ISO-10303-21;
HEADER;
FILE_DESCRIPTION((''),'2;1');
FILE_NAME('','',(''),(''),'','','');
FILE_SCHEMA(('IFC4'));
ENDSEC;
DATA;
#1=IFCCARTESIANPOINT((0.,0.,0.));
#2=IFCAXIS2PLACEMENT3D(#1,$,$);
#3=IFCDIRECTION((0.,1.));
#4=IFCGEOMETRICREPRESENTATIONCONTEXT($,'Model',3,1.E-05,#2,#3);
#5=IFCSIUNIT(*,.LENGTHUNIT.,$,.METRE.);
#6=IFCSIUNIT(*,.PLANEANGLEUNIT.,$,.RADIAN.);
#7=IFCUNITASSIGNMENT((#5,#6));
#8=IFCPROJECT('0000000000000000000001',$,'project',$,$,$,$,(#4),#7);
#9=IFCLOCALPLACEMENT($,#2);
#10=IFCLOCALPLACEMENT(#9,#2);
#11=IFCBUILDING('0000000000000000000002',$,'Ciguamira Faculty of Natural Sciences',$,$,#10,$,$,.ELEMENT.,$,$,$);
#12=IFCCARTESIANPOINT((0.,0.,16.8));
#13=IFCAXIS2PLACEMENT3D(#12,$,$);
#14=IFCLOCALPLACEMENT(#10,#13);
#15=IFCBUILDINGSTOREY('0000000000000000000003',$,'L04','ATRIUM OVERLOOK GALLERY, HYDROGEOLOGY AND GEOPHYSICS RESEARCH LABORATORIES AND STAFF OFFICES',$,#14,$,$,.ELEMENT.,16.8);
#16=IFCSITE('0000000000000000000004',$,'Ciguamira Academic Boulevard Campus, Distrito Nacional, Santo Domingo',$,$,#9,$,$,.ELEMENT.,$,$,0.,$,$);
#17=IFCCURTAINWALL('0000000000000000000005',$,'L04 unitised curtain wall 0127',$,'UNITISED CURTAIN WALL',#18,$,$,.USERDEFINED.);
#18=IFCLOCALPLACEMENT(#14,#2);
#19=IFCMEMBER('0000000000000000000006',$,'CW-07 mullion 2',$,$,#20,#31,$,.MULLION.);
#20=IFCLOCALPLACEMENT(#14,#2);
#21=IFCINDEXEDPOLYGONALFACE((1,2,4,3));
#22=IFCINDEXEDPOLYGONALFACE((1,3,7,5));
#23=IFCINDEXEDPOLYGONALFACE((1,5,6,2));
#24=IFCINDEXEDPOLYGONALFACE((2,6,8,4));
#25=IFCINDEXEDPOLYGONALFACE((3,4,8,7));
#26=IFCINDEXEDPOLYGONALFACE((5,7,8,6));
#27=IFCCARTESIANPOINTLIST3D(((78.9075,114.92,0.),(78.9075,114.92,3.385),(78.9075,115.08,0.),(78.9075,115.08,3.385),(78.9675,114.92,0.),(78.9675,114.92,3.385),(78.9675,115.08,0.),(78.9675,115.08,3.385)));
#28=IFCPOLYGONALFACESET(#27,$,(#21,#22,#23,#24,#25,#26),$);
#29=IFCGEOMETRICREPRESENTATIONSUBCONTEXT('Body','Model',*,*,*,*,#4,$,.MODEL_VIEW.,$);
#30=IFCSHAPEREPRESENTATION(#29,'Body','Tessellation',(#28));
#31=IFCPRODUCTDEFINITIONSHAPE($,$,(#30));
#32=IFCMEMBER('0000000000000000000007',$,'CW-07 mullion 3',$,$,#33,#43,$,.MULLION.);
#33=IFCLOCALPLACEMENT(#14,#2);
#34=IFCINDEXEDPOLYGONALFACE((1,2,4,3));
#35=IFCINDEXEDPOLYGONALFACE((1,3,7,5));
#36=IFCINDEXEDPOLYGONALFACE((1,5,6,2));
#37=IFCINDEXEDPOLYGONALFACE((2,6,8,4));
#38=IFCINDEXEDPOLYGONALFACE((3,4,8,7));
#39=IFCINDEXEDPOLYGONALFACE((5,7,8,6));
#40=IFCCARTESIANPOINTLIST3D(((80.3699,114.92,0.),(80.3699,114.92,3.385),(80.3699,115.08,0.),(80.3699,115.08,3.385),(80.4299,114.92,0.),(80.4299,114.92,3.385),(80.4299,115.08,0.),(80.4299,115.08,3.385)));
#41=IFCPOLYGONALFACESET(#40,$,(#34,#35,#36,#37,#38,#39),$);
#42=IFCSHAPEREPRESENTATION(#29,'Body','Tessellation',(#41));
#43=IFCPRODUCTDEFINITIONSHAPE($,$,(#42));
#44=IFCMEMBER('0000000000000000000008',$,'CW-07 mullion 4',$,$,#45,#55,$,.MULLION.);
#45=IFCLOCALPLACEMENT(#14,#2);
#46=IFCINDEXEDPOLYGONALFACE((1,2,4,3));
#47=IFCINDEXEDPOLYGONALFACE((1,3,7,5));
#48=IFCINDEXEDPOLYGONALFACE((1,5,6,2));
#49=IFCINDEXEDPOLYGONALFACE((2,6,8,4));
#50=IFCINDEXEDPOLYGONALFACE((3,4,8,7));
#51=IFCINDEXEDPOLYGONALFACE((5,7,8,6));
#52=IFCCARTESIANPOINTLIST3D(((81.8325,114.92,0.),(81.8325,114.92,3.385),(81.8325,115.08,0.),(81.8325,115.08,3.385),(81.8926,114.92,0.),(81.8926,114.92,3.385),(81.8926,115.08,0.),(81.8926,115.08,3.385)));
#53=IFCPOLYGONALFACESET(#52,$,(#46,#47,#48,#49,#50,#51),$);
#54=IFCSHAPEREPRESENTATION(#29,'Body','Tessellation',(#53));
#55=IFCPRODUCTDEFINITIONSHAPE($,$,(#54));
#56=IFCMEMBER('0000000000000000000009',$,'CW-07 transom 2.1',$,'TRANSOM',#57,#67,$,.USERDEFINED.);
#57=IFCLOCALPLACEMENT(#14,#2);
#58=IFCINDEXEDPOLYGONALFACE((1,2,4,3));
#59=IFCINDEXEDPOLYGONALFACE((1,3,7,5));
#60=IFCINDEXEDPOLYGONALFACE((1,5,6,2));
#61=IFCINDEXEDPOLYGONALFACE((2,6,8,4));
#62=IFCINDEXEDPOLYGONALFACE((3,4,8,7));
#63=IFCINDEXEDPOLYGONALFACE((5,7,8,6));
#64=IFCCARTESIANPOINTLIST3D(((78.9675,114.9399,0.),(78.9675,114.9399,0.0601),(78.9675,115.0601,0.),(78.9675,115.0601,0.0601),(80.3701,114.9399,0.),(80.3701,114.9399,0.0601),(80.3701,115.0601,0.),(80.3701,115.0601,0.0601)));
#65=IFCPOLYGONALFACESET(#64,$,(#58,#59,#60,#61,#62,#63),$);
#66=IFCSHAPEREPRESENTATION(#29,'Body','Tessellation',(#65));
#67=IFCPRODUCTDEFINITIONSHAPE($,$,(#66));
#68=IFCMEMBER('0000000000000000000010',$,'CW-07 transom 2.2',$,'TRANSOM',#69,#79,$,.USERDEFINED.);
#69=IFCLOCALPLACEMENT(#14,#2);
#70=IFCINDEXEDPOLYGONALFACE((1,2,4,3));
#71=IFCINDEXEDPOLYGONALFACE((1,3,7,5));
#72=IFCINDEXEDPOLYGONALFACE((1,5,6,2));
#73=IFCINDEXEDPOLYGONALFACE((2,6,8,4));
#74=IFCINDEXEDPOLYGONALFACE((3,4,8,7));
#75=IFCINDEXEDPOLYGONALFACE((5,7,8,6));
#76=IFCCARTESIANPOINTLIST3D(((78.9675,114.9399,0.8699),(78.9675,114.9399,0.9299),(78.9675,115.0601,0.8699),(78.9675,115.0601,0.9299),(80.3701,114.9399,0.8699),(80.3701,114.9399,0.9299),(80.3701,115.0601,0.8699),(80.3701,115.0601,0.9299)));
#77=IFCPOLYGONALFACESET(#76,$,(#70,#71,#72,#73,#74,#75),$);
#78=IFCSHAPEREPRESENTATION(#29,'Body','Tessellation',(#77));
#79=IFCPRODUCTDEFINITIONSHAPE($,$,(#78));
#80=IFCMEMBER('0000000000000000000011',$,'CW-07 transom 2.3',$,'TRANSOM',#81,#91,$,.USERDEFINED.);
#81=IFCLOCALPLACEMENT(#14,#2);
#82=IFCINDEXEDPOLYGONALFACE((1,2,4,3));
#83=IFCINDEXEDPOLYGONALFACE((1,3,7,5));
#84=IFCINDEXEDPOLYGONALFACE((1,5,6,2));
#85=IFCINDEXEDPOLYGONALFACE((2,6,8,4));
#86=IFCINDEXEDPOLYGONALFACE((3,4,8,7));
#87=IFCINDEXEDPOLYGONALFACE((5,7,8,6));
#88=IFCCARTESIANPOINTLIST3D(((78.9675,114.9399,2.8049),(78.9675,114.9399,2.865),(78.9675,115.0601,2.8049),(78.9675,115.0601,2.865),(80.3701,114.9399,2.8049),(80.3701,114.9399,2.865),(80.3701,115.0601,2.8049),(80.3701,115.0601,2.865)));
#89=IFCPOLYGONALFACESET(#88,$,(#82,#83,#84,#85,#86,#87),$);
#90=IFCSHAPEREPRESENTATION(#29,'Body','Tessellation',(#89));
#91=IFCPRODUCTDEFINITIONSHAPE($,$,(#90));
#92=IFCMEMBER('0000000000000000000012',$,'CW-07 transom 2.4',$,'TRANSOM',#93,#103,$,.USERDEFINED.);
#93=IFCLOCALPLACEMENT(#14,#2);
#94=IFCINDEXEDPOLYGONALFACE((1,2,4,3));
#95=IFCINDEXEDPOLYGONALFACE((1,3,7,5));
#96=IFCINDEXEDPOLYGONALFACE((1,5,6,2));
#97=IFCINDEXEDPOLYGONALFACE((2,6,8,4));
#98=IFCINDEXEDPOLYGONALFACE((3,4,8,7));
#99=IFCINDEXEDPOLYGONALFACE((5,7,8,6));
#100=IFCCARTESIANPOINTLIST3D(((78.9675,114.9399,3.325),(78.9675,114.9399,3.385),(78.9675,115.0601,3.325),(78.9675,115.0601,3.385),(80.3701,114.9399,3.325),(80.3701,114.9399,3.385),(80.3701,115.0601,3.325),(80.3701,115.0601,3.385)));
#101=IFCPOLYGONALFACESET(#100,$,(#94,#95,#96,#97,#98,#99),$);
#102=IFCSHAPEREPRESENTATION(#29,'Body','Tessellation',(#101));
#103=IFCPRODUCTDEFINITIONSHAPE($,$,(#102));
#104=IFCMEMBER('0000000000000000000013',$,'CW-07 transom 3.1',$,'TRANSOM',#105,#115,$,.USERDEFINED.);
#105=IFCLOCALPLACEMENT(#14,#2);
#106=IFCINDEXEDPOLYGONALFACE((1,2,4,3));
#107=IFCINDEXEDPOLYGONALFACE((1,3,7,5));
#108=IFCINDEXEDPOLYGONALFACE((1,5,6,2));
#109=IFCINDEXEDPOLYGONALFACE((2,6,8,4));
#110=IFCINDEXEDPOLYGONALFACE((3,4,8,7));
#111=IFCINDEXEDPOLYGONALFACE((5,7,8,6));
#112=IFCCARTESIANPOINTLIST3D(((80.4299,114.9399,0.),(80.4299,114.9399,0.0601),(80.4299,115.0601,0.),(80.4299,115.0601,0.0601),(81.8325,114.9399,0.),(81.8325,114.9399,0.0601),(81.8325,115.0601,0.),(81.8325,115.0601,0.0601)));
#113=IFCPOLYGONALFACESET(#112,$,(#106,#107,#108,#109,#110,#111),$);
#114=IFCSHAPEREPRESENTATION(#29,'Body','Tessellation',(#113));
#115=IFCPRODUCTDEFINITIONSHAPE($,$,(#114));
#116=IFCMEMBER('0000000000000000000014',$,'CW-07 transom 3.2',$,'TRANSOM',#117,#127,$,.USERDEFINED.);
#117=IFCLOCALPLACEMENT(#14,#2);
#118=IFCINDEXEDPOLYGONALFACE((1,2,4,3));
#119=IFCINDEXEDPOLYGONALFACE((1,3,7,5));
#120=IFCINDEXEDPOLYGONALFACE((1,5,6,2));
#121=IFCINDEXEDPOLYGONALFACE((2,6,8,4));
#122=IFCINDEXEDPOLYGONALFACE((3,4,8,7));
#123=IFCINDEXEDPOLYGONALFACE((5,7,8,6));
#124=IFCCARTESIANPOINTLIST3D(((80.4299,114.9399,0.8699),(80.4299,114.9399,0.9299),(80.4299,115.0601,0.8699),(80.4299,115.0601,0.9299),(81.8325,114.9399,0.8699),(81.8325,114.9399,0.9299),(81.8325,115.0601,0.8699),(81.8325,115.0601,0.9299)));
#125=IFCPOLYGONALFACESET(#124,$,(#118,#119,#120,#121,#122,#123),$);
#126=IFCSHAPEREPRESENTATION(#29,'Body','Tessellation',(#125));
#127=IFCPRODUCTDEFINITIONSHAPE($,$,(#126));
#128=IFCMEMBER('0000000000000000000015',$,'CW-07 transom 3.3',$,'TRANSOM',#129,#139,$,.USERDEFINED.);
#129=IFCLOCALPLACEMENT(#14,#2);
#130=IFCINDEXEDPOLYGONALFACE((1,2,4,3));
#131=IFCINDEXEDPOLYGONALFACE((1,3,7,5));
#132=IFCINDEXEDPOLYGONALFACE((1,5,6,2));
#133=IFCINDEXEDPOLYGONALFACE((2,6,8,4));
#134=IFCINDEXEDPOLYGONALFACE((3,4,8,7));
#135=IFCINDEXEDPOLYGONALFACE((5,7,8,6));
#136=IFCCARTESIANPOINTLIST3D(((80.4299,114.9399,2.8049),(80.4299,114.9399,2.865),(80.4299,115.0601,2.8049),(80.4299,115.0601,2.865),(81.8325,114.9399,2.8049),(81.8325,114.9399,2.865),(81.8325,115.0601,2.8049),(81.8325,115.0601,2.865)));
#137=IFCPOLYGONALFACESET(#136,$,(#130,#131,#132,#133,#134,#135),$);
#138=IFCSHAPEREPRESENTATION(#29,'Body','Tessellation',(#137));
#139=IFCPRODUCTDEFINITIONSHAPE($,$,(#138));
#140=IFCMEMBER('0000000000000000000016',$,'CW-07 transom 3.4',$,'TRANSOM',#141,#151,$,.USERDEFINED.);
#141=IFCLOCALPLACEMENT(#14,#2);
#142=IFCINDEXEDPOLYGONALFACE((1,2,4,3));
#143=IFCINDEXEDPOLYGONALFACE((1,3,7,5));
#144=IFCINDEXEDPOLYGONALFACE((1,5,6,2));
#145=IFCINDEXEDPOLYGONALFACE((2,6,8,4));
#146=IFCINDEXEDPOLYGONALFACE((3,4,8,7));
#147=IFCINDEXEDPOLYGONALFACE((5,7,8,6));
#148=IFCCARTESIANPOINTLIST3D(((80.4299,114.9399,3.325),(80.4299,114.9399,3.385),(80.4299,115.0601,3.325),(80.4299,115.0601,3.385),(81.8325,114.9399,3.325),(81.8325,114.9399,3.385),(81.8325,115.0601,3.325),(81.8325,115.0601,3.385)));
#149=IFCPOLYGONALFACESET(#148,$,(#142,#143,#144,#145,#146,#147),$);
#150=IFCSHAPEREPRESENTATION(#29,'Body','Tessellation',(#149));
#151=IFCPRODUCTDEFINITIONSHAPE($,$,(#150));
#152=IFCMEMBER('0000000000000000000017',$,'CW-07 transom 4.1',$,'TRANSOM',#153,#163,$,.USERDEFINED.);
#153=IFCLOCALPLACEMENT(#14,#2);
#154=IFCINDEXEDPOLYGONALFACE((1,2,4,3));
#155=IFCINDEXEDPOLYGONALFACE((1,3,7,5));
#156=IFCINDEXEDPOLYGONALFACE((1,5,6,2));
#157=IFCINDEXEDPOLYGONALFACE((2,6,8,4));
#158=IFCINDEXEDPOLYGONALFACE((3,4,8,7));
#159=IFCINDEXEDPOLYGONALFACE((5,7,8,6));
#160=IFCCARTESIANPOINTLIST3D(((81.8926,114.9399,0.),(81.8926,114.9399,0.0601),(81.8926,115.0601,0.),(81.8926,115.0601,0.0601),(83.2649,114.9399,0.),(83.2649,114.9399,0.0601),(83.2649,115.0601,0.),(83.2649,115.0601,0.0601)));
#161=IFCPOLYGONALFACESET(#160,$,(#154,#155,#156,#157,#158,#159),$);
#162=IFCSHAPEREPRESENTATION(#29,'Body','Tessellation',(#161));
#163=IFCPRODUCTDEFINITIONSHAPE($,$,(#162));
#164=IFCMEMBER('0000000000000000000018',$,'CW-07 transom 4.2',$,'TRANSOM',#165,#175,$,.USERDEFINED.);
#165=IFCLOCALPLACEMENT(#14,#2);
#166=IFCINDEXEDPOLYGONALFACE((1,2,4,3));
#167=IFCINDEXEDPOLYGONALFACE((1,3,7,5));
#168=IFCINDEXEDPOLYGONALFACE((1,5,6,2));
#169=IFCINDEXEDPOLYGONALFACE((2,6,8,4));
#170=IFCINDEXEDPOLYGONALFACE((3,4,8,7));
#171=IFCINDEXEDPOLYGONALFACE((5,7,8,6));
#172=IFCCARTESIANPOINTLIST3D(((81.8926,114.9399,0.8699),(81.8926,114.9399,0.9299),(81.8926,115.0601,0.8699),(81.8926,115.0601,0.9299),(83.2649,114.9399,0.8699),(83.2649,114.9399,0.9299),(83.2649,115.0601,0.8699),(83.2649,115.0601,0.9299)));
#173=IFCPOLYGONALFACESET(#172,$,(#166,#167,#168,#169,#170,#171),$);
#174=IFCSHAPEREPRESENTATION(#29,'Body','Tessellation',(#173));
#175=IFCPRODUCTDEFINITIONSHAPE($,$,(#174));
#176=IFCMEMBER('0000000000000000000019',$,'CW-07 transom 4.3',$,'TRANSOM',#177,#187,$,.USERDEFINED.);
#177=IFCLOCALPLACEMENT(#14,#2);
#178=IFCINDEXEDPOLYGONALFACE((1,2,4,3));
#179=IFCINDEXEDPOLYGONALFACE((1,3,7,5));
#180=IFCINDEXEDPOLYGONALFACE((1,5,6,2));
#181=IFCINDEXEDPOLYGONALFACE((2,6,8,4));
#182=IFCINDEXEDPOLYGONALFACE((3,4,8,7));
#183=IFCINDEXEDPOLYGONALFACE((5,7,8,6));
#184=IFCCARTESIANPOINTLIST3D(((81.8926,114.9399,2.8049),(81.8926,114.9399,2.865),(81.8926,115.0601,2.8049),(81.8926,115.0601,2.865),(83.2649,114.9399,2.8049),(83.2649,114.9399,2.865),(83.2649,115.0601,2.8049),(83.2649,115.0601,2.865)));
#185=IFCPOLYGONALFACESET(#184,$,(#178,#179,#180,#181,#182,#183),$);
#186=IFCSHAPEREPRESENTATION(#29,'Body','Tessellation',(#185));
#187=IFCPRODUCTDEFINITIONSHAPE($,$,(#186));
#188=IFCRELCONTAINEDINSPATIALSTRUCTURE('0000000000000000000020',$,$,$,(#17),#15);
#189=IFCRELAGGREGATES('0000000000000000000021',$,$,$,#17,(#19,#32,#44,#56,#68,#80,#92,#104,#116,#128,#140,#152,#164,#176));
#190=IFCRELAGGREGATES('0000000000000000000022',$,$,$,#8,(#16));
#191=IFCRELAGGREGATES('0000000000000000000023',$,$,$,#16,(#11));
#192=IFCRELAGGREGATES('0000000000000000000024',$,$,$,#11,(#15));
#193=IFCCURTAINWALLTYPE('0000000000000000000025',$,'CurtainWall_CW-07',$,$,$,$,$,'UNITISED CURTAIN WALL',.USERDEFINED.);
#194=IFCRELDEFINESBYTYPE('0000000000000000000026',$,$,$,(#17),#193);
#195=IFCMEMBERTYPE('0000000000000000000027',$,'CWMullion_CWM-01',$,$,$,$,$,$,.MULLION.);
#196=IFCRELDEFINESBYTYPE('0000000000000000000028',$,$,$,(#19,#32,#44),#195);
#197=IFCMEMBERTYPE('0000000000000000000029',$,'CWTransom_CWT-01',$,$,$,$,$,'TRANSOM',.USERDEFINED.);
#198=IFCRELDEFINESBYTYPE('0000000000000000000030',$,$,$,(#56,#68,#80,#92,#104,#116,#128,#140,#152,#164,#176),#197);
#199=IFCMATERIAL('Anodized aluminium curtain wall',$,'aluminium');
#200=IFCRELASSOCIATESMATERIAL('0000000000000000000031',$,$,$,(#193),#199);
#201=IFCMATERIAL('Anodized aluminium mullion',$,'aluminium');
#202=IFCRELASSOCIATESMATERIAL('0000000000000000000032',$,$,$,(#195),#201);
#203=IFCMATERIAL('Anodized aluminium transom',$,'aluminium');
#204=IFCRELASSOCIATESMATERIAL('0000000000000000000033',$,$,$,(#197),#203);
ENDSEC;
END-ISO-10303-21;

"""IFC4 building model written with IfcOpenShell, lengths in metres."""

from ifc_helpers import new_model, si_unit, direction, frame, origin, origin_2d, place, context, subcontext, project, spatial, rectangle, extrude, material, material_profile, profile_set, type_object, element, aggregate, save


model = new_model("IFC4")

# Units and contexts
model_context = context("Model", 3, precision=1e-05, world=origin(), true_north=direction((0.0, 1.0)))
body_context = subcontext(model_context, "Body", "Model", "MODEL_VIEW")
ifc_project = project(units=[si_unit("LENGTHUNIT", "METRE"), si_unit("PLANEANGLEUNIT", "RADIAN")], contexts=[model_context])

# Site, building, storey
site_placement = place(None, origin())
site = spatial("IfcSite", under=ifc_project, at=site_placement, Name="Ciguamira Academic Boulevard Campus, Distrito Nacional, Santo Domingo", CompositionType="ELEMENT", RefElevation=0.0)
building_placement = place(site_placement, origin())
building = spatial("IfcBuilding", under=site, at=building_placement, Name="Ciguamira Faculty of Natural Sciences", CompositionType="ELEMENT")
storey_placement = place(building_placement, frame((0.0, 0.0, 16.8)))
storey = spatial("IfcBuildingStorey", under=building, at=storey_placement, Name="L04", Description="ATRIUM OVERLOOK GALLERY, HYDROGEOLOGY AND GEOPHYSICS RESEARCH LABORATORIES AND STAFF OFFICES", CompositionType="ELEMENT", Elevation=16.8)

# Curtain wall, members
ifc_material_1 = material(Name="Anodized aluminium curtain wall", Category="aluminium")
curtain_wall_type = type_object("IfcCurtainWallType", Name="CurtainWall_CW-07", ElementType="UNITISED CURTAIN WALL", PredefinedType="USERDEFINED", material=ifc_material_1)
curtain_wall_placement = place(storey_placement, origin())
curtain_wall = element("IfcCurtainWall", 1, at=curtain_wall_placement, inside=storey, type_object=curtain_wall_type, Name="L04 unitised curtain wall 0127", ObjectType="UNITISED CURTAIN WALL", PredefinedType="USERDEFINED")
ifc_material_2 = material(Name="Anodized aluminium mullion", Category="aluminium")
ifc_material_profile_1 = material_profile(ifc_material_2, rectangle(XDim=0.0601, YDim=0.1599, at=origin_2d()), Name="ALU-MUL-60X160")
ifc_profile_set_1 = profile_set([ifc_material_profile_1], Name="Anodized aluminium mullion")
member_type_1 = type_object("IfcMemberType", Name="CWMullion_CWM-01", PredefinedType="MULLION", material=ifc_profile_set_1)
member_1_placement = place(storey_placement, frame((78.9375, 115.0, 0.0), z_axis=(0.0, 0.0, 1.0), x_axis=(1.0, 0.0, 0.0)))
member_1 = element("IfcMember", 2, at=member_1_placement, type_object=member_type_1, Name="CW-07 mullion 2", PredefinedType="MULLION", context=body_context, shape_type="SweptSolid", body=[
    extrude(rectangle(XDim=0.0601, YDim=0.1599, at=origin_2d()), origin(), (0.0, 0.0, 1.0), 3.385),
])
member_2_placement = place(storey_placement, frame((80.3999, 115.0, 0.0), z_axis=(0.0, 0.0, 1.0), x_axis=(1.0, 0.0, 0.0)))
member_2 = element("IfcMember", 3, at=member_2_placement, type_object=member_type_1, Name="CW-07 mullion 3", PredefinedType="MULLION", context=body_context, shape_type="SweptSolid", body=[
    extrude(rectangle(XDim=0.0601, YDim=0.1599, at=origin_2d()), origin(), (0.0, 0.0, 1.0), 3.385),
])
member_3_placement = place(storey_placement, frame((81.8625, 115.0, 0.0), z_axis=(0.0, 0.0, 1.0), x_axis=(1.0, 0.0, 0.0)))
member_3 = element("IfcMember", 4, at=member_3_placement, type_object=member_type_1, Name="CW-07 mullion 4", PredefinedType="MULLION", context=body_context, shape_type="SweptSolid", body=[
    extrude(rectangle(XDim=0.0601, YDim=0.1599, at=origin_2d()), origin(), (0.0, 0.0, 1.0), 3.385),
])
ifc_material_3 = material(Name="Anodized aluminium transom", Category="aluminium")
ifc_material_profile_2 = material_profile(ifc_material_3, rectangle(XDim=0.0601, YDim=0.1201, at=origin_2d()), Name="ALU-TRN-60X120")
ifc_profile_set_2 = profile_set([ifc_material_profile_2], Name="Anodized aluminium transom")
member_type_2 = type_object("IfcMemberType", Name="CWTransom_CWT-01", ElementType="TRANSOM", PredefinedType="USERDEFINED", material=ifc_profile_set_2)
member_4_placement = place(storey_placement, frame((78.9675, 115.0, 0.03), z_axis=(1.0, 0.0, 0.0), x_axis=(0.0, 0.0, 1.0)))
member_4 = element("IfcMember", 5, at=member_4_placement, type_object=member_type_2, Name="CW-07 transom 2.1", ObjectType="TRANSOM", PredefinedType="USERDEFINED", context=body_context, shape_type="SweptSolid", body=[
    extrude(rectangle(XDim=0.0601, YDim=0.1201, at=origin_2d()), origin(), (0.0, 0.0, 1.0), 1.4026),
])
member_5_placement = place(storey_placement, frame((78.9675, 115.0, 0.8999), z_axis=(1.0, 0.0, 0.0), x_axis=(0.0, 0.0, 1.0)))
member_5 = element("IfcMember", 6, at=member_5_placement, type_object=member_type_2, Name="CW-07 transom 2.2", ObjectType="TRANSOM", PredefinedType="USERDEFINED", context=body_context, shape_type="SweptSolid", body=[
    extrude(rectangle(XDim=0.0601, YDim=0.1201, at=origin_2d()), origin(), (0.0, 0.0, 1.0), 1.4026),
])
member_6_placement = place(storey_placement, frame((78.9675, 115.0, 2.835), z_axis=(1.0, 0.0, 0.0), x_axis=(0.0, 0.0, 1.0)))
member_6 = element("IfcMember", 7, at=member_6_placement, type_object=member_type_2, Name="CW-07 transom 2.3", ObjectType="TRANSOM", PredefinedType="USERDEFINED", context=body_context, shape_type="SweptSolid", body=[
    extrude(rectangle(XDim=0.0601, YDim=0.1201, at=origin_2d()), origin(), (0.0, 0.0, 1.0), 1.4026),
])
member_7_placement = place(storey_placement, frame((78.9675, 115.0, 3.355), z_axis=(1.0, 0.0, 0.0), x_axis=(0.0, 0.0, 1.0)))
member_7 = element("IfcMember", 8, at=member_7_placement, type_object=member_type_2, Name="CW-07 transom 2.4", ObjectType="TRANSOM", PredefinedType="USERDEFINED", context=body_context, shape_type="SweptSolid", body=[
    extrude(rectangle(XDim=0.0601, YDim=0.1201, at=origin_2d()), origin(), (0.0, 0.0, 1.0), 1.4026),
])
member_8_placement = place(storey_placement, frame((80.4299, 115.0, 0.03), z_axis=(1.0, 0.0, 0.0), x_axis=(0.0, 0.0, 1.0)))
member_8 = element("IfcMember", 9, at=member_8_placement, type_object=member_type_2, Name="CW-07 transom 3.1", ObjectType="TRANSOM", PredefinedType="USERDEFINED", context=body_context, shape_type="SweptSolid", body=[
    extrude(rectangle(XDim=0.0601, YDim=0.1201, at=origin_2d()), origin(), (0.0, 0.0, 1.0), 1.4026),
])
member_9_placement = place(storey_placement, frame((80.4299, 115.0, 0.8999), z_axis=(1.0, 0.0, 0.0), x_axis=(0.0, 0.0, 1.0)))
member_9 = element("IfcMember", 10, at=member_9_placement, type_object=member_type_2, Name="CW-07 transom 3.2", ObjectType="TRANSOM", PredefinedType="USERDEFINED", context=body_context, shape_type="SweptSolid", body=[
    extrude(rectangle(XDim=0.0601, YDim=0.1201, at=origin_2d()), origin(), (0.0, 0.0, 1.0), 1.4026),
])
member_10_placement = place(storey_placement, frame((80.4299, 115.0, 2.835), z_axis=(1.0, 0.0, 0.0), x_axis=(0.0, 0.0, 1.0)))
member_10 = element("IfcMember", 11, at=member_10_placement, type_object=member_type_2, Name="CW-07 transom 3.3", ObjectType="TRANSOM", PredefinedType="USERDEFINED", context=body_context, shape_type="SweptSolid", body=[
    extrude(rectangle(XDim=0.0601, YDim=0.1201, at=origin_2d()), origin(), (0.0, 0.0, 1.0), 1.4026),
])
member_11_placement = place(storey_placement, frame((80.4299, 115.0, 3.355), z_axis=(1.0, 0.0, 0.0), x_axis=(0.0, 0.0, 1.0)))
member_11 = element("IfcMember", 12, at=member_11_placement, type_object=member_type_2, Name="CW-07 transom 3.4", ObjectType="TRANSOM", PredefinedType="USERDEFINED", context=body_context, shape_type="SweptSolid", body=[
    extrude(rectangle(XDim=0.0601, YDim=0.1201, at=origin_2d()), origin(), (0.0, 0.0, 1.0), 1.4026),
])
member_12_placement = place(storey_placement, frame((81.8926, 115.0, 0.03), z_axis=(1.0, 0.0, 0.0), x_axis=(0.0, 0.0, 1.0)))
member_12 = element("IfcMember", 13, at=member_12_placement, type_object=member_type_2, Name="CW-07 transom 4.1", ObjectType="TRANSOM", PredefinedType="USERDEFINED", context=body_context, shape_type="SweptSolid", body=[
    extrude(rectangle(XDim=0.0601, YDim=0.1201, at=origin_2d()), origin(), (0.0, 0.0, 1.0), 1.3723),
])
member_13_placement = place(storey_placement, frame((81.8926, 115.0, 0.8999), z_axis=(1.0, 0.0, 0.0), x_axis=(0.0, 0.0, 1.0)))
member_13 = element("IfcMember", 14, at=member_13_placement, type_object=member_type_2, Name="CW-07 transom 4.2", ObjectType="TRANSOM", PredefinedType="USERDEFINED", context=body_context, shape_type="SweptSolid", body=[
    extrude(rectangle(XDim=0.0601, YDim=0.1201, at=origin_2d()), origin(), (0.0, 0.0, 1.0), 1.3723),
])
member_14_placement = place(storey_placement, frame((81.8926, 115.0, 2.835), z_axis=(1.0, 0.0, 0.0), x_axis=(0.0, 0.0, 1.0)))
member_14 = element("IfcMember", 15, at=member_14_placement, type_object=member_type_2, Name="CW-07 transom 4.3", ObjectType="TRANSOM", PredefinedType="USERDEFINED", context=body_context, shape_type="SweptSolid", body=[
    extrude(rectangle(XDim=0.0601, YDim=0.1201, at=origin_2d()), origin(), (0.0, 0.0, 1.0), 1.3723),
])
aggregate(curtain_wall, [member_1, member_2, member_3, member_4, member_5, member_6, member_7, member_8, member_9, member_10, member_11, member_12, member_13, member_14])

save(model, "model.ifc")
